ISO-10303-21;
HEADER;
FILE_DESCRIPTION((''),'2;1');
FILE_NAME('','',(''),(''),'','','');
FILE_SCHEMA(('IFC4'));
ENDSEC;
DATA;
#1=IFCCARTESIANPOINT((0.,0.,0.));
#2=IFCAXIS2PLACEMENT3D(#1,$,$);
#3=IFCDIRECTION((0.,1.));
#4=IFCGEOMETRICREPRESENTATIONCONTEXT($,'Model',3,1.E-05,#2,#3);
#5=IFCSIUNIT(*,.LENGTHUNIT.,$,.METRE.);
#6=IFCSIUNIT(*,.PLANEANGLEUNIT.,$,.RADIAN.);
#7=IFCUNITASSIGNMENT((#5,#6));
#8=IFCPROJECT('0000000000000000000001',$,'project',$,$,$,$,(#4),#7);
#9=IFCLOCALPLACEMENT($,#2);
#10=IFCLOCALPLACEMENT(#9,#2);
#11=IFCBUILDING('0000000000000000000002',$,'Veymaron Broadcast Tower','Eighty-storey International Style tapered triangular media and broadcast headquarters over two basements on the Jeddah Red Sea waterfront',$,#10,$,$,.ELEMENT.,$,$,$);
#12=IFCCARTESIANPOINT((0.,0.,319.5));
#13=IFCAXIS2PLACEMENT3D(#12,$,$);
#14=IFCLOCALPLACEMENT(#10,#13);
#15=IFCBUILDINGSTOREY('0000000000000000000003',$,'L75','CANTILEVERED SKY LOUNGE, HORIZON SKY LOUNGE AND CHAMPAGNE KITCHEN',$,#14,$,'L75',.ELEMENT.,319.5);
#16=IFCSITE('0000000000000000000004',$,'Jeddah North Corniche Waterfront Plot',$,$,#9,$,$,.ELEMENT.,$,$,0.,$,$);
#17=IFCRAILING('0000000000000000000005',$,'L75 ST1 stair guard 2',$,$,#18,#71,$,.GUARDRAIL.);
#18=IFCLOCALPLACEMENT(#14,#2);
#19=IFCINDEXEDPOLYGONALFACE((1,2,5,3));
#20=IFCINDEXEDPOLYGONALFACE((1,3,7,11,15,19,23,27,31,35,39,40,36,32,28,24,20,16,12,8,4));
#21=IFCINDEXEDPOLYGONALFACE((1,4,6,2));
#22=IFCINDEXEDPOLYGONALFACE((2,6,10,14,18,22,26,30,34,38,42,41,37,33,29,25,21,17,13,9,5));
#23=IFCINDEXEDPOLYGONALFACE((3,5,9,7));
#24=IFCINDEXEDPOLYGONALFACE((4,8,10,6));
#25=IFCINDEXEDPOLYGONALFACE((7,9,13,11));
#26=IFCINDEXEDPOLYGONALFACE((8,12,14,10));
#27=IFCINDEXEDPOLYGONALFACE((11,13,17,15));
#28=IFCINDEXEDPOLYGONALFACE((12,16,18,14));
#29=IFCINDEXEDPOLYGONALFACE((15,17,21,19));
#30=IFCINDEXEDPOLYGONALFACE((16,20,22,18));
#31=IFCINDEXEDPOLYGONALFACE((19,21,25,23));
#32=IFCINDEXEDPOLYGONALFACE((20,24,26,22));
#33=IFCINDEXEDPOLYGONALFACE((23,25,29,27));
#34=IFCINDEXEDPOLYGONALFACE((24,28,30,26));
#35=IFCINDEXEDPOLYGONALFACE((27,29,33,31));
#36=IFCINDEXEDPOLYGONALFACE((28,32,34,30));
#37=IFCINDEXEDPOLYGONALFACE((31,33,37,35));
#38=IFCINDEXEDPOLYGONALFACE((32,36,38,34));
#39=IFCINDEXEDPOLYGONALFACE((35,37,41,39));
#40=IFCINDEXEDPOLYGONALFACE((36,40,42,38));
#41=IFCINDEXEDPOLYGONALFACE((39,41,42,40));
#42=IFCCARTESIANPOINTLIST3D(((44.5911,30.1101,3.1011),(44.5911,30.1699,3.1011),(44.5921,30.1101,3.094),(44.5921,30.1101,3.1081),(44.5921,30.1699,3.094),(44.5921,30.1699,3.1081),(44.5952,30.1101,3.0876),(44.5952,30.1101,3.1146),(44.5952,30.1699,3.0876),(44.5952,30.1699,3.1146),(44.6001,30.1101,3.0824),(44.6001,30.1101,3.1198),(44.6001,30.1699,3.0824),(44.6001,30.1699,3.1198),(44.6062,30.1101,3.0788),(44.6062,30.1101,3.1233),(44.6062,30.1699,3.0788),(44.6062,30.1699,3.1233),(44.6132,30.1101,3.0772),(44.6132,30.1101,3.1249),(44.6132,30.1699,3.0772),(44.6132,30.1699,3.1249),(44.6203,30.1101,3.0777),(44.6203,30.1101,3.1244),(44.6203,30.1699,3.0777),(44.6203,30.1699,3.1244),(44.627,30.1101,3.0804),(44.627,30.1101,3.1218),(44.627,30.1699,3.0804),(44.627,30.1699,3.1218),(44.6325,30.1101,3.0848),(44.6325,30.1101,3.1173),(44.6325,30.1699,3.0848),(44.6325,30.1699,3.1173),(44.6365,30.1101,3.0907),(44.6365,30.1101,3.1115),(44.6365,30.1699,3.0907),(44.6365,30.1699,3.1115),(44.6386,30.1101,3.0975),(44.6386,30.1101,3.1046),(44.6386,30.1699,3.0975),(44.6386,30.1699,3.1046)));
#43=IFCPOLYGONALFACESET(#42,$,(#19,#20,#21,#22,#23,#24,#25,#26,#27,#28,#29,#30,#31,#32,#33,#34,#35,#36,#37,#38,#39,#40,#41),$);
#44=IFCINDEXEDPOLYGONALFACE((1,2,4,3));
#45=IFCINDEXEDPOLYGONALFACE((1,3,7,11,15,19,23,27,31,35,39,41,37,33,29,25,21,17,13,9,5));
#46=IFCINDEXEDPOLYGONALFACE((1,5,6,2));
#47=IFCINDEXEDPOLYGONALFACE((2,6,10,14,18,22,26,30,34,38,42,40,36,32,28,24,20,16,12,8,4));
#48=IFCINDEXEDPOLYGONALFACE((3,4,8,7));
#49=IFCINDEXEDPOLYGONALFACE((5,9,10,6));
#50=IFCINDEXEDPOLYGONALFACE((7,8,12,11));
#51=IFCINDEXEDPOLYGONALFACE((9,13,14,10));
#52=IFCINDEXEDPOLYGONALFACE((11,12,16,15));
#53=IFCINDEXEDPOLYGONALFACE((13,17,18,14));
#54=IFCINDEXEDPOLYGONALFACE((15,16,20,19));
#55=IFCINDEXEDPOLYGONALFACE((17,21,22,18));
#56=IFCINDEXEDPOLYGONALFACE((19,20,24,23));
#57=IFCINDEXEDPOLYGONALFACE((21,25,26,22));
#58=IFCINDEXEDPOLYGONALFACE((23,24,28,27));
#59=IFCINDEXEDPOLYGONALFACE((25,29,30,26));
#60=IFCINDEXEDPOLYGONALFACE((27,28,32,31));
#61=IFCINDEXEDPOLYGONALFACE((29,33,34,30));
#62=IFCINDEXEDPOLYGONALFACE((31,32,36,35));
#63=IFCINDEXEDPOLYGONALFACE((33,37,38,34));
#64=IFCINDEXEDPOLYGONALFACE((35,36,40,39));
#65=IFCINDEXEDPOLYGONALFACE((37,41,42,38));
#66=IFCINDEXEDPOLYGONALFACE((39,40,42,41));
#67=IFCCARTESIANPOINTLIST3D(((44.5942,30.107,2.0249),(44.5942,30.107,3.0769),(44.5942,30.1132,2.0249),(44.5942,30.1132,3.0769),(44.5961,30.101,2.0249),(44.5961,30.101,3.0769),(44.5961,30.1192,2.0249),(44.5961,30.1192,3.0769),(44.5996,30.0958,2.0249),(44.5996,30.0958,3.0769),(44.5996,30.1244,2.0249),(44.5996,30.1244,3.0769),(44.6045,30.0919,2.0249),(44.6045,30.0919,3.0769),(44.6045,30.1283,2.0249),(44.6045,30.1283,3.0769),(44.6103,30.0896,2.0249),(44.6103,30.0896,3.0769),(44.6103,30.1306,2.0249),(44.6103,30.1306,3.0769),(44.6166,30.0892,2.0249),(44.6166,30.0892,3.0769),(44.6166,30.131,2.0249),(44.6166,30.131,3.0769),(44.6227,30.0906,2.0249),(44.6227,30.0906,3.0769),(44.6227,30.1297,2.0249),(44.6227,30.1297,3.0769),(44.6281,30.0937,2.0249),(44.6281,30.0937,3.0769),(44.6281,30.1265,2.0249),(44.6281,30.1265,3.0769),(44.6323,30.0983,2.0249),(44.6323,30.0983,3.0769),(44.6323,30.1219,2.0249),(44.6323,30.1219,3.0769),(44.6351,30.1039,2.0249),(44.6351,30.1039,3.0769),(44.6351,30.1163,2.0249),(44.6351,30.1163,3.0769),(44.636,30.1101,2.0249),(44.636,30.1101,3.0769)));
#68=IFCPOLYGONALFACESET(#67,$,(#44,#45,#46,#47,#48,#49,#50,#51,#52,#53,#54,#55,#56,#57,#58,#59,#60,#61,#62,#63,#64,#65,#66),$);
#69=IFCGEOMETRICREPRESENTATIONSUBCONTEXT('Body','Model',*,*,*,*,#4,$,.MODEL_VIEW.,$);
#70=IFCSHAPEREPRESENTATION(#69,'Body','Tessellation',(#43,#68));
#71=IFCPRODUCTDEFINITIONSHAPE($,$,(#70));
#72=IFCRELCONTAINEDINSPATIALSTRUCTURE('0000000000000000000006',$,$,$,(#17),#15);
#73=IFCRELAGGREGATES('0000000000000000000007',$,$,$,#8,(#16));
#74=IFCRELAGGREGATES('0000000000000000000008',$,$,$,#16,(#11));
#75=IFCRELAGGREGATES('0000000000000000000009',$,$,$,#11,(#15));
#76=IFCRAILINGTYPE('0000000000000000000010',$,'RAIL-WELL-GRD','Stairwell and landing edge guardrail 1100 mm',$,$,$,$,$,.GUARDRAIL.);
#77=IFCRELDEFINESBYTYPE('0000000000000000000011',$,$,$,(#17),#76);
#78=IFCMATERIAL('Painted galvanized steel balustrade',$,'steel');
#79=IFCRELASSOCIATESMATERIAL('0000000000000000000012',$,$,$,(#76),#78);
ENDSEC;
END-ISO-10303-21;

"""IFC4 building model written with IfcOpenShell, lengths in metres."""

from ifc_helpers import new_model, si_unit, direction, frame, origin, origin_2d, place, context, subcontext, project, spatial, circle, extrude, material, type_object, element, save


model = new_model("IFC4")

# Units and contexts
model_context = context("Model", 3, precision=1e-05, world=origin(), true_north=direction((0.0, 1.0)))
body_context = subcontext(model_context, "Body", "Model", "MODEL_VIEW")
ifc_project = project(units=[si_unit("LENGTHUNIT", "METRE"), si_unit("PLANEANGLEUNIT", "RADIAN")], contexts=[model_context])

# Site, building, storey
site_placement = place(None, origin())
site = spatial("IfcSite", under=ifc_project, at=site_placement, Name="Jeddah North Corniche Waterfront Plot", CompositionType="ELEMENT", RefElevation=0.0)
building_placement = place(site_placement, origin())
building = spatial("IfcBuilding", under=site, at=building_placement, Name="Veymaron Broadcast Tower", Description="Eighty-storey International Style tapered triangular media and broadcast headquarters over two basements on the Jeddah Red Sea waterfront", CompositionType="ELEMENT")
storey_placement = place(building_placement, frame((0.0, 0.0, 319.5)))
storey = spatial("IfcBuildingStorey", under=building, at=storey_placement, Name="L75", Description="CANTILEVERED SKY LOUNGE, HORIZON SKY LOUNGE AND CHAMPAGNE KITCHEN", LongName="L75", CompositionType="ELEMENT", Elevation=319.5)

# Railing
ifc_material_1 = material(Name="Painted galvanized steel balustrade", Category="steel")
railing_type_1 = type_object("IfcRailingType", Name="RAIL-WELL-GRD", Description="Stairwell and landing edge guardrail 1100 mm", PredefinedType="GUARDRAIL", material=ifc_material_1)
railing_1_placement = place(storey_placement, frame((44.615, 30.1101, 2.0249)))
element("IfcRailing", 1, at=railing_1_placement, inside=storey, type_object=railing_type_1, Name="L75 ST1 stair guard 2", PredefinedType="GUARDRAIL", context=body_context, shape_type="SweptSolid", body=[
    extrude(circle(Radius=0.0239, at=origin_2d()), frame((0.0, 0.0, 1.0762), z_axis=(0.0, 1.0, 0.0), x_axis=(-1.0, 0.0, 0.0)), (0.0, 0.0, 1.0), 0.0598),
    extrude(circle(Radius=0.021, at=origin_2d()), origin(), (0.0, 0.0, 1.0), 1.052),
])

save(model, "model.ifc")
